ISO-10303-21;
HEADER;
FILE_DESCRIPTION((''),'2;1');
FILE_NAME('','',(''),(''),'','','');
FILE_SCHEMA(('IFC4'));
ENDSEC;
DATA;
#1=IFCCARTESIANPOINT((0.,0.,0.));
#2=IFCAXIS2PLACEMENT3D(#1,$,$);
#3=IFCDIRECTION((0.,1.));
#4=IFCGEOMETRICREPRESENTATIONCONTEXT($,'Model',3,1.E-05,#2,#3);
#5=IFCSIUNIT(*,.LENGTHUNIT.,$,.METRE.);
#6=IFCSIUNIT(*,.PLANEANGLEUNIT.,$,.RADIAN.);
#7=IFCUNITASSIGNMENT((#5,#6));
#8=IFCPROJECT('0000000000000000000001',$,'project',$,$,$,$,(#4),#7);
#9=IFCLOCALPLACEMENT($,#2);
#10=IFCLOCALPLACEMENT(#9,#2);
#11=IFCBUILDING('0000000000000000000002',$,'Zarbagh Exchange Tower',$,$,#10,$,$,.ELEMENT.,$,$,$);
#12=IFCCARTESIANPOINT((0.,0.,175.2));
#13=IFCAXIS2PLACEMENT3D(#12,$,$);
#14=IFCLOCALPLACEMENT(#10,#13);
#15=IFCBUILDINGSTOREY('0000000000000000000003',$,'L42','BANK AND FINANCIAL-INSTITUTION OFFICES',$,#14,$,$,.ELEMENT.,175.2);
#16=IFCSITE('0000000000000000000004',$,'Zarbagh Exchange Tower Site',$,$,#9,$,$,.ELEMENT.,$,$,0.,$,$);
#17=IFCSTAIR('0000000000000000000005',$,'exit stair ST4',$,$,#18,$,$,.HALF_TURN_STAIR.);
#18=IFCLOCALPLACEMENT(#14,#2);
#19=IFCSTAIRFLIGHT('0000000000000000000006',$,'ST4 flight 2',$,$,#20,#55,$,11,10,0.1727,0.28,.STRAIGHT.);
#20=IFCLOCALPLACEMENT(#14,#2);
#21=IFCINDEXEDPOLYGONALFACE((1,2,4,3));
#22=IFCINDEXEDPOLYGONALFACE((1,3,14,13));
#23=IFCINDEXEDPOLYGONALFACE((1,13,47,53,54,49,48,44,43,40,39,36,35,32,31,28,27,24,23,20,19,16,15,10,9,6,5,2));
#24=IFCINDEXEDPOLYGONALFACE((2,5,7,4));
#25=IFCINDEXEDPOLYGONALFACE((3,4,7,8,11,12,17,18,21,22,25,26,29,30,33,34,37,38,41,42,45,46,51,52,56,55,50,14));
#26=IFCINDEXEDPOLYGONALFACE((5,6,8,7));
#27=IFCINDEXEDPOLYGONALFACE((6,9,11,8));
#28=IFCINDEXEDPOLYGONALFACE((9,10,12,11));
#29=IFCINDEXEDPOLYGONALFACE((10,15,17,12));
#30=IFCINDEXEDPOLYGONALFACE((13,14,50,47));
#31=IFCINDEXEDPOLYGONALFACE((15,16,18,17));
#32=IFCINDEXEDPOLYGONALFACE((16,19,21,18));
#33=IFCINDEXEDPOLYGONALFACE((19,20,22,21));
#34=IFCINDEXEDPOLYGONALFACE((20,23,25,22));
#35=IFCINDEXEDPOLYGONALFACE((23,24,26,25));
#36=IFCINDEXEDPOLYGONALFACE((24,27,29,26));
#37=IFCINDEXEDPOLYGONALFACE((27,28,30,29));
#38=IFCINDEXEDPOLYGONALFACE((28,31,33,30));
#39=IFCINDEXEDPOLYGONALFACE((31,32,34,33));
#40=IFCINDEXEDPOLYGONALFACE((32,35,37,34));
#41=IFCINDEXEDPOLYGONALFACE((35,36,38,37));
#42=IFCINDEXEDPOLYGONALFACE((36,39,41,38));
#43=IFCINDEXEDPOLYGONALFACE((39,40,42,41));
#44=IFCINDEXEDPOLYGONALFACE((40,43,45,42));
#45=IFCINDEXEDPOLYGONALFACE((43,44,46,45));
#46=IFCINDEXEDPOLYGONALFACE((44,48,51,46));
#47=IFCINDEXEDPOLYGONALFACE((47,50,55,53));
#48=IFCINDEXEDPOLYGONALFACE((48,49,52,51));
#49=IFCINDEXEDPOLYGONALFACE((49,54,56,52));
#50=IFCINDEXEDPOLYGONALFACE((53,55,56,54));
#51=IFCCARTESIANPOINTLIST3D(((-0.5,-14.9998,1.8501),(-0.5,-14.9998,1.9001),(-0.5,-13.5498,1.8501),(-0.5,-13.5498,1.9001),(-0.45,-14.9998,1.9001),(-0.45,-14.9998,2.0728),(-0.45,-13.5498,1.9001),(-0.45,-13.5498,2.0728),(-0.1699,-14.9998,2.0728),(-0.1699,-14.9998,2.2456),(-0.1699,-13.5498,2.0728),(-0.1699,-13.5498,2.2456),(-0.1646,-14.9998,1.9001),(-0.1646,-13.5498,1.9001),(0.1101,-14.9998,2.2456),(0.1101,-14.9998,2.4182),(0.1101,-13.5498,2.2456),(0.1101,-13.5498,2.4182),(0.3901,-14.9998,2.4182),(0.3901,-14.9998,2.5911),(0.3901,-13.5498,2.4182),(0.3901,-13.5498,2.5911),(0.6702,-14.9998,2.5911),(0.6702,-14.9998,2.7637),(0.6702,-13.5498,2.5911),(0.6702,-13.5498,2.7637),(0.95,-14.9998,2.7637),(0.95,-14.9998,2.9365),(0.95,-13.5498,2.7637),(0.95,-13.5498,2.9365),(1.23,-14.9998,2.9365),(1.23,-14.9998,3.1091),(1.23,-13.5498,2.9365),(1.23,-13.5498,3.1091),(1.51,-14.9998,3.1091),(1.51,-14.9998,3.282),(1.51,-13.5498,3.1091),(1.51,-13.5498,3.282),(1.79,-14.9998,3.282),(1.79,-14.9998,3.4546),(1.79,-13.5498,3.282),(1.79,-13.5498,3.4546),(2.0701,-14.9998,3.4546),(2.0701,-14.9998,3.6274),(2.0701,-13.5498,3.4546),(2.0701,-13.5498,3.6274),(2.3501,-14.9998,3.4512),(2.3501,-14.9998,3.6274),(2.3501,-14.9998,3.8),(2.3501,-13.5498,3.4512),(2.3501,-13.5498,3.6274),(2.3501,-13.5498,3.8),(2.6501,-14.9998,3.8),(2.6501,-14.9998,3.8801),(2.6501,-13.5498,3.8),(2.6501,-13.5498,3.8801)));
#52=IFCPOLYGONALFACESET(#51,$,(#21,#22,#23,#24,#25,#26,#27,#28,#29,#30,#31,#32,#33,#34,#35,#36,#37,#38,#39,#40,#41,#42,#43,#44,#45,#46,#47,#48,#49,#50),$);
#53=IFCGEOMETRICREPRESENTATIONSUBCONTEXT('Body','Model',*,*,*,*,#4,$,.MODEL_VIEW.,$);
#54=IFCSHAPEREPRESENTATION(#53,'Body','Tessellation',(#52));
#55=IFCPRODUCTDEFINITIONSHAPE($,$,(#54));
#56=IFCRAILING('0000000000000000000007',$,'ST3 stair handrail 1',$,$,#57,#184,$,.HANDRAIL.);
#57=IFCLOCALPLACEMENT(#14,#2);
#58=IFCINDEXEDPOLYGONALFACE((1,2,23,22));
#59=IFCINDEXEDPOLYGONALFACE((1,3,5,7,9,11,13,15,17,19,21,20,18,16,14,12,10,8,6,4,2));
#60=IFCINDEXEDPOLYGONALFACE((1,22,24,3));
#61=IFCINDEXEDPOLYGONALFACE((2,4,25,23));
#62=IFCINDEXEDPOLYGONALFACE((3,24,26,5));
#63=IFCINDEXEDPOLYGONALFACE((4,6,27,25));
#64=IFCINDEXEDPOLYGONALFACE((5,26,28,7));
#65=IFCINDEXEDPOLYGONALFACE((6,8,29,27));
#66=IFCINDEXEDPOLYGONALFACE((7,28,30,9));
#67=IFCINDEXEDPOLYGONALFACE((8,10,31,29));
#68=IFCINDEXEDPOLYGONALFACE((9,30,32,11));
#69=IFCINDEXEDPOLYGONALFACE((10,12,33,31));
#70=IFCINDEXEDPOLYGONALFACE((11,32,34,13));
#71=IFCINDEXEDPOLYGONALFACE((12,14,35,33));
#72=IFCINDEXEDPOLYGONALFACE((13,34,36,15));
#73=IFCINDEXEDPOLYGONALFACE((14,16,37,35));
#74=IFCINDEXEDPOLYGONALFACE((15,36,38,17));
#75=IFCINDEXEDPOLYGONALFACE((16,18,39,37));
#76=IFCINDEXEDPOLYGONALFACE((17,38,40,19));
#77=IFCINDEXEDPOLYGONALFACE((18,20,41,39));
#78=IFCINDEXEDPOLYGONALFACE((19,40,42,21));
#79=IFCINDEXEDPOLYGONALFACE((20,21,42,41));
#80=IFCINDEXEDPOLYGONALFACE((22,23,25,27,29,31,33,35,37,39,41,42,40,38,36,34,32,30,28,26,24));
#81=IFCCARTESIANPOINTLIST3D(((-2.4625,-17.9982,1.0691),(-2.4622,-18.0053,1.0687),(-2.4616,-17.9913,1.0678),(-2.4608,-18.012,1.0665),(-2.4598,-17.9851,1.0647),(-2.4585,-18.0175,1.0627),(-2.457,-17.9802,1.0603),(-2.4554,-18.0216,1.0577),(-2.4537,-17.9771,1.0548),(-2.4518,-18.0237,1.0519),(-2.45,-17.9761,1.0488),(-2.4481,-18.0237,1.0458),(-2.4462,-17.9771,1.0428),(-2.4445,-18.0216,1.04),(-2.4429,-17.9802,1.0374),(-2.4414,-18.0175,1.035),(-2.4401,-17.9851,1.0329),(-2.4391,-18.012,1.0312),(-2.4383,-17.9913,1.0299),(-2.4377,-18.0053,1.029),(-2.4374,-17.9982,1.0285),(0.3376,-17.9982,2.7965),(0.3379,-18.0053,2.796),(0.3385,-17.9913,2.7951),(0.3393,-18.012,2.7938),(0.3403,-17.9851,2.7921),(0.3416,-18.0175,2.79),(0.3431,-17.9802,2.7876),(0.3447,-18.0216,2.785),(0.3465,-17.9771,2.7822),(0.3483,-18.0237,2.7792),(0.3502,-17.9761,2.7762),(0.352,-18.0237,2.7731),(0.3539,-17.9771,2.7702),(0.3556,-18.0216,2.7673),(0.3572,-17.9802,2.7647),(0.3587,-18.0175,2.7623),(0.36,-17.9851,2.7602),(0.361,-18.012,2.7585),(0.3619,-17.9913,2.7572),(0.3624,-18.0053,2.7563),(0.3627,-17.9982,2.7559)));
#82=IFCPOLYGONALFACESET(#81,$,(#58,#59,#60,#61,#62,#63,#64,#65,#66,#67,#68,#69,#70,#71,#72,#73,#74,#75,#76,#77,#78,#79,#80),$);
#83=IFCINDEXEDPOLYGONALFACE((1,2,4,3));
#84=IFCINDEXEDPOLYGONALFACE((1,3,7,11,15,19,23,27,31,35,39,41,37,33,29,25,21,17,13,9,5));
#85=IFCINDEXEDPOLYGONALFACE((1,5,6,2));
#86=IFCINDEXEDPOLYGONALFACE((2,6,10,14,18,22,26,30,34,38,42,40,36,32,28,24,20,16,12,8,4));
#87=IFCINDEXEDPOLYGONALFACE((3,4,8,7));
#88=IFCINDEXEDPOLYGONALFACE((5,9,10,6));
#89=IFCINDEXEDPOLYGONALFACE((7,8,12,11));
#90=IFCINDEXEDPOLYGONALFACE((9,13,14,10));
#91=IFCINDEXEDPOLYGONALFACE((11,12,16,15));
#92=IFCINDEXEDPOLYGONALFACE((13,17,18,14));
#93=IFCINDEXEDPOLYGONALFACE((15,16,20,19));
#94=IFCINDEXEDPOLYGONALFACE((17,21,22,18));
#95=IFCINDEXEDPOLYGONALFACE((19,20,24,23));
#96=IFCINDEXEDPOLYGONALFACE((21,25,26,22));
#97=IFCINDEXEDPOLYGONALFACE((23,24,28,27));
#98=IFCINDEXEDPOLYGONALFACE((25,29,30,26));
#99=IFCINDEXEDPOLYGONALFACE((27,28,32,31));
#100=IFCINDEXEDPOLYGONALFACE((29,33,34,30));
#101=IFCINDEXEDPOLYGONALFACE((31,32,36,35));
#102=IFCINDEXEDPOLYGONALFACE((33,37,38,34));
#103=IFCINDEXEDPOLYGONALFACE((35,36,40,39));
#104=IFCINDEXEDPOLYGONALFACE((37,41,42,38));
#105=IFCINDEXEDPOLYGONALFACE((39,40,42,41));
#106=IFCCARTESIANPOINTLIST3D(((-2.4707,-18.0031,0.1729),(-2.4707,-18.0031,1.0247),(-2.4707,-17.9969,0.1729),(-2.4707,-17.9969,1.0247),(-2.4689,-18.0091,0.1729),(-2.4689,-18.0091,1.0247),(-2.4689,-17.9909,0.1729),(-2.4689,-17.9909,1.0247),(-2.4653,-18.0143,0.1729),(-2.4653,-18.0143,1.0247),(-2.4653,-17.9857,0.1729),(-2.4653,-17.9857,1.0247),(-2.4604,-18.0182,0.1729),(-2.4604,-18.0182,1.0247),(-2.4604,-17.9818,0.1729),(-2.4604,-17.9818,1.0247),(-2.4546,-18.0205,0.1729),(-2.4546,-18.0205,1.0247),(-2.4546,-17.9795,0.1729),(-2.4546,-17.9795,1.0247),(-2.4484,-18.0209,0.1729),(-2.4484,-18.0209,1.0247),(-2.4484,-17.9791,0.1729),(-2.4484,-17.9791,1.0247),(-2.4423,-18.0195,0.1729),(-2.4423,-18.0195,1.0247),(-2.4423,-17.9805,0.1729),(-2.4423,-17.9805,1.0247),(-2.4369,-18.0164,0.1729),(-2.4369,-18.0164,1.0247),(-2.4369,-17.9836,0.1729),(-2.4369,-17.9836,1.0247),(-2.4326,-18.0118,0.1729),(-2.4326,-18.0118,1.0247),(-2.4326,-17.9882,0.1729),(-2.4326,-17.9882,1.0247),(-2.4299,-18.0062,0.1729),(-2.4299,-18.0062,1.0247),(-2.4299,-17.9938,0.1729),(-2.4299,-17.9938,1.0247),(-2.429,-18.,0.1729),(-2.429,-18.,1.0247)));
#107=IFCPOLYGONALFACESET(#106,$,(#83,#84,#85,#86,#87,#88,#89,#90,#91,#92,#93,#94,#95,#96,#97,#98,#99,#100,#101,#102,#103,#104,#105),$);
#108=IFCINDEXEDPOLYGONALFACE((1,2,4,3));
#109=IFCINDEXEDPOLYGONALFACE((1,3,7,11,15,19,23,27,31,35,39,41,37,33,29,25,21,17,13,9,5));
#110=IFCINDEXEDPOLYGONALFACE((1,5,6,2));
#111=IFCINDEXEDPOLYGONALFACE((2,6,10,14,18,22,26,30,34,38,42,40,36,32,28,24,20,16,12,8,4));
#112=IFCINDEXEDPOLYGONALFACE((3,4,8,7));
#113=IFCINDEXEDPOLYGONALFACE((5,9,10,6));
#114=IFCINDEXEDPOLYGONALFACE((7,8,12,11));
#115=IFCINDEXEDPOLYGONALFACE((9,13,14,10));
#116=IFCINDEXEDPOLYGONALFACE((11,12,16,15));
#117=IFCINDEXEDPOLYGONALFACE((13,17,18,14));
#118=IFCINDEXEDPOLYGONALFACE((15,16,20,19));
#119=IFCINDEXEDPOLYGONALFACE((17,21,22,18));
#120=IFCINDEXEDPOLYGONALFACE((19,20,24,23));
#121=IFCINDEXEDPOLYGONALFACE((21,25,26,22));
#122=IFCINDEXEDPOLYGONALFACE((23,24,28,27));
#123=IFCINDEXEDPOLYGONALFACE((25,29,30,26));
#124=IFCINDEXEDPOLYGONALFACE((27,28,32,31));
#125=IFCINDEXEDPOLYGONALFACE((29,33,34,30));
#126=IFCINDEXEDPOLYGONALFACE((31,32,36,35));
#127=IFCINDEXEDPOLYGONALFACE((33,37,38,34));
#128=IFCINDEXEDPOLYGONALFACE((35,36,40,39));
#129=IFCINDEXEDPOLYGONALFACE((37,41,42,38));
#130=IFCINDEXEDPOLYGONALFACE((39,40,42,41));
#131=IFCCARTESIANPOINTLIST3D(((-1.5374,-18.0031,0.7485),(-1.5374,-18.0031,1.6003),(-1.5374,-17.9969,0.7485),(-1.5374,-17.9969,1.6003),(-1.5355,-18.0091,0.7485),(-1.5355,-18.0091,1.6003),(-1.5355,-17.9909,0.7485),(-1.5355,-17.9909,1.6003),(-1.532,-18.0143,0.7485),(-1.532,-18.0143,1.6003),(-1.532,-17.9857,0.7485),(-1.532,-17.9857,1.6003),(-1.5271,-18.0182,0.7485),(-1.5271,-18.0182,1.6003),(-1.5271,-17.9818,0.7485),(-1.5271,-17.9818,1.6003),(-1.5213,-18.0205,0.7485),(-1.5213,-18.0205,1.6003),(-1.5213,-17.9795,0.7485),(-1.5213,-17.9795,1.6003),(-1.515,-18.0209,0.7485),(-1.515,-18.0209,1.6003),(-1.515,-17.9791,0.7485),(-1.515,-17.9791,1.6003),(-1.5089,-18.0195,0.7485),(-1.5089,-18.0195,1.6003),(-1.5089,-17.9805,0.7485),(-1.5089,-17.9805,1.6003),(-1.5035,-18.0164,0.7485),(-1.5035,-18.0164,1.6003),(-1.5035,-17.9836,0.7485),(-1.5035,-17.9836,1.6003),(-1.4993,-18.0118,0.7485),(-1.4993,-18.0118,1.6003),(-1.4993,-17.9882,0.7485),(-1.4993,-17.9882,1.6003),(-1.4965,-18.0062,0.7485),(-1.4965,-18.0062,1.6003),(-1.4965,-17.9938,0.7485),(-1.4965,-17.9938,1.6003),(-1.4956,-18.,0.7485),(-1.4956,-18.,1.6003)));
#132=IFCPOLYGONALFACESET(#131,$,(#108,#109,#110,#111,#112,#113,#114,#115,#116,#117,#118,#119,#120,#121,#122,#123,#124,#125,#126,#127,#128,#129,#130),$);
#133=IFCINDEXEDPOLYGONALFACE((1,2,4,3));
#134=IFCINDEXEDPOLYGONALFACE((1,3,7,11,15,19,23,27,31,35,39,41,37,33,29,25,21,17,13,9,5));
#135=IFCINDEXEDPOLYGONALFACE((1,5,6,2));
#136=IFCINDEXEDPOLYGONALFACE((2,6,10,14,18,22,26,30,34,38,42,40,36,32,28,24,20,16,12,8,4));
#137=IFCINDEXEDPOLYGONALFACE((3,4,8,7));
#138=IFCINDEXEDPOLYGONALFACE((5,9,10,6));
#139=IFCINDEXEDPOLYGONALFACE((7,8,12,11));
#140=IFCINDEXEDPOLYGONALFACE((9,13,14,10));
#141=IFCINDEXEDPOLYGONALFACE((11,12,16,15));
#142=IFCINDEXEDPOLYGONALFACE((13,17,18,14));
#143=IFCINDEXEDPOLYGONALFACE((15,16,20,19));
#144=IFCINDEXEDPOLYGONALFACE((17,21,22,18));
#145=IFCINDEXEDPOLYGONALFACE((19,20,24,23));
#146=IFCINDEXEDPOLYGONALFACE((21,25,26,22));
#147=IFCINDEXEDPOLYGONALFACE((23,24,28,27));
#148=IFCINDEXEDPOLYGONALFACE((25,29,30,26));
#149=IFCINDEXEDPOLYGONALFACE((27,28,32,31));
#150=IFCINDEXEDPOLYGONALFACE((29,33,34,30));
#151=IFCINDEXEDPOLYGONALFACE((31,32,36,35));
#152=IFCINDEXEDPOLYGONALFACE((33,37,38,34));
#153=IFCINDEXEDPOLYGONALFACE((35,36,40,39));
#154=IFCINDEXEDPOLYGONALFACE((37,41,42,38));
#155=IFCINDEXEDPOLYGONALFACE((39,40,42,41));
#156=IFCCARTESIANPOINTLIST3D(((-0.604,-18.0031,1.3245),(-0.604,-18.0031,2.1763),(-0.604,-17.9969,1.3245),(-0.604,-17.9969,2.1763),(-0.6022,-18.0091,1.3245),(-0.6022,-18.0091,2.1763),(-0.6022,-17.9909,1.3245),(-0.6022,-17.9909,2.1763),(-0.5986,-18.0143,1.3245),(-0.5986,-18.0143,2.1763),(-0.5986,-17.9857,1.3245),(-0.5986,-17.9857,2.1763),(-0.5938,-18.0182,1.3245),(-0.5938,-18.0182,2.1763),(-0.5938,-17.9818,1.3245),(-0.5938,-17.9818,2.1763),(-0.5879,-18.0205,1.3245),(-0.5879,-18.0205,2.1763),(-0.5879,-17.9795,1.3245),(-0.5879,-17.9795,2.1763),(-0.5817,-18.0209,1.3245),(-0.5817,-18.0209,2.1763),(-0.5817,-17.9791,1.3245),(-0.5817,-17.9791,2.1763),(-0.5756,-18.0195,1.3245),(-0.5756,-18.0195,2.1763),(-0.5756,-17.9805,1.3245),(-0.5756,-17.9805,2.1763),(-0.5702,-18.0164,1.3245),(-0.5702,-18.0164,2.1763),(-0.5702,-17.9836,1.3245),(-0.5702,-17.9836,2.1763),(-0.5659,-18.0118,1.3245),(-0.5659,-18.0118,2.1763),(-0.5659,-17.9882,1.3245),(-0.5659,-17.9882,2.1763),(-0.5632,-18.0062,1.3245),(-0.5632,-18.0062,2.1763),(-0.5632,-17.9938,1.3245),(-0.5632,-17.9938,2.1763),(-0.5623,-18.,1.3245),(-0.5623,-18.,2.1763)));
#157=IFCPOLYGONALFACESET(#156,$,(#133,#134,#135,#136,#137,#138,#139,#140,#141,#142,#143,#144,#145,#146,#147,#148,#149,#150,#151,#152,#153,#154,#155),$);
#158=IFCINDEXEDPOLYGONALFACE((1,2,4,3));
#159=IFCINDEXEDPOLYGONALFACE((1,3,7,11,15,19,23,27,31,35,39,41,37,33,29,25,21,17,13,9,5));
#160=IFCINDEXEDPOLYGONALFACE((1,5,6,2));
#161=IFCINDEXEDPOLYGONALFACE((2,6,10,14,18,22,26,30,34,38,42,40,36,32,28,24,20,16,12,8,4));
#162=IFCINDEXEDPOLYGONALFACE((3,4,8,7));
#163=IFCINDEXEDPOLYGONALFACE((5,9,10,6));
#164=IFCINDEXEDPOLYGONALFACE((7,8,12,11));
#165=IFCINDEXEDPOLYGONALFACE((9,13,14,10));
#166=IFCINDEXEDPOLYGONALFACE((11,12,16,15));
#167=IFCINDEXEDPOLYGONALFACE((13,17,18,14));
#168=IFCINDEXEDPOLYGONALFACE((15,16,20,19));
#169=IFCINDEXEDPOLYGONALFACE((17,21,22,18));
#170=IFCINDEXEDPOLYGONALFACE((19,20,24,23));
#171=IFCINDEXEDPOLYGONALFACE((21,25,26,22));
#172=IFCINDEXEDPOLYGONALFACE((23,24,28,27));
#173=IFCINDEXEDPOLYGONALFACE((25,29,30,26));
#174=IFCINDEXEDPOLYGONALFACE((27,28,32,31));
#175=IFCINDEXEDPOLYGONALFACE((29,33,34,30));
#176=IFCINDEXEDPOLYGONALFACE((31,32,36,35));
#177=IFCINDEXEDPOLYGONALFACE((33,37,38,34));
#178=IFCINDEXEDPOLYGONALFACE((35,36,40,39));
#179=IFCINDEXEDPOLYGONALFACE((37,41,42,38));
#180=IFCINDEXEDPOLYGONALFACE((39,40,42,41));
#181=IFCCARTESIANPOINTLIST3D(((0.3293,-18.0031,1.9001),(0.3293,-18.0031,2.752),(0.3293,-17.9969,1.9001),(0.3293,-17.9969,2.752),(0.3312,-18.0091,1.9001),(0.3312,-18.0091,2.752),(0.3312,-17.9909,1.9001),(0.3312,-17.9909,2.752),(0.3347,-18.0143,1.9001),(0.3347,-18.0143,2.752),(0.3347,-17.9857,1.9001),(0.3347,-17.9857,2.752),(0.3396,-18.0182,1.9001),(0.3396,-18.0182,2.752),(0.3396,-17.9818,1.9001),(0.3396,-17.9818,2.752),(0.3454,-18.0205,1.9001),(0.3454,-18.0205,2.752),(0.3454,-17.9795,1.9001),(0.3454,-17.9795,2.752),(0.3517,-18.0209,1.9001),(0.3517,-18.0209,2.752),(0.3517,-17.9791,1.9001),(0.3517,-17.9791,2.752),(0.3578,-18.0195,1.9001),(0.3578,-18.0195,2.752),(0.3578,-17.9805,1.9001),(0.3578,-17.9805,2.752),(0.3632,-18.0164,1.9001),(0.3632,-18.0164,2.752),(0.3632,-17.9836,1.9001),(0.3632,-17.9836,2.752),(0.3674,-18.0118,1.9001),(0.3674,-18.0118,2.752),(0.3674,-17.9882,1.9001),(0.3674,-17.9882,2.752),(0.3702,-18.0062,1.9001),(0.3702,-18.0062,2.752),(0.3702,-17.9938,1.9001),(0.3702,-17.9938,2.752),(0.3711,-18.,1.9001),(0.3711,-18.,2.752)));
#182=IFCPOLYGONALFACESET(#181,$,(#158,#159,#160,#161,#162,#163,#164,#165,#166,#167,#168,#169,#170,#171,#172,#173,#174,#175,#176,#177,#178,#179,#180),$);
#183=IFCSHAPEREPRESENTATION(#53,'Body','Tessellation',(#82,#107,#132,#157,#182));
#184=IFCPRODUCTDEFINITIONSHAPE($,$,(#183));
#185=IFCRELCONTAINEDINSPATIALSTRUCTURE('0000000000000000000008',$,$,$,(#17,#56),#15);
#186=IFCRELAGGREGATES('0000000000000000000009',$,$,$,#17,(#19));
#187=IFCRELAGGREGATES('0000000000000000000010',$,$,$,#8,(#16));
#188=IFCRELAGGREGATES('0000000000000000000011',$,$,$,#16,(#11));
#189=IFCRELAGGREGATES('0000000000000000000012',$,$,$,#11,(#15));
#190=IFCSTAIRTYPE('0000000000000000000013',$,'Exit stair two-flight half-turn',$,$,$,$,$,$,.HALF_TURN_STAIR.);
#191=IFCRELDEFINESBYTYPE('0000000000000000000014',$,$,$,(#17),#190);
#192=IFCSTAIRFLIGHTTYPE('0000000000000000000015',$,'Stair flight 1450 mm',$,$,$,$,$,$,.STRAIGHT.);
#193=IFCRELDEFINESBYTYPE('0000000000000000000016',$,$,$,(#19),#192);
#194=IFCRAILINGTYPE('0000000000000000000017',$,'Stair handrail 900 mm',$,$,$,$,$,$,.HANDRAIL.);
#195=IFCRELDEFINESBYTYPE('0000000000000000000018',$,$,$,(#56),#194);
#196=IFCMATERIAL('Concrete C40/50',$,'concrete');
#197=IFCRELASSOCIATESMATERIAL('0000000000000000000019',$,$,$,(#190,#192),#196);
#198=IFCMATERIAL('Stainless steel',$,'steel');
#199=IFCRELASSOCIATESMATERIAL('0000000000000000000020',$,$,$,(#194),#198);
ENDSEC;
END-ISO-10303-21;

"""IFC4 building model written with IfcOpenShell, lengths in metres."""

from ifc_helpers import new_model, si_unit, direction, frame, origin, origin_2d, place, context, subcontext, project, spatial, polyline, circle, outline, extrude, material, type_object, element, aggregate, save


model = new_model("IFC4")

# Units and contexts
model_context = context("Model", 3, precision=1e-05, world=origin(), true_north=direction((0.0, 1.0)))
body_context = subcontext(model_context, "Body", "Model", "MODEL_VIEW")
ifc_project = project(units=[si_unit("LENGTHUNIT", "METRE"), si_unit("PLANEANGLEUNIT", "RADIAN")], contexts=[model_context])

# Site, building, storey
site_placement = place(None, origin())
site = spatial("IfcSite", under=ifc_project, at=site_placement, Name="Zarbagh Exchange Tower Site", CompositionType="ELEMENT", RefElevation=0.0)
building_placement = place(site_placement, origin())
building = spatial("IfcBuilding", under=site, at=building_placement, Name="Zarbagh Exchange Tower", CompositionType="ELEMENT")
storey_placement = place(building_placement, frame((0.0, 0.0, 175.2)))
storey = spatial("IfcBuildingStorey", under=building, at=storey_placement, Name="L42", Description="BANK AND FINANCIAL-INSTITUTION OFFICES", CompositionType="ELEMENT", Elevation=175.2)

# Shared definitions
ifc_material_1 = material(Name="Concrete C40/50", Category="concrete")

# Shared definitions
ifc_material_2 = material(Name="Stainless steel", Category="steel")

# Stair, stair flight
stair_type = type_object("IfcStairType", Name="Exit stair two-flight half-turn", PredefinedType="HALF_TURN_STAIR", material=ifc_material_1)
stair_1_placement = place(storey_placement, origin())
stair_1 = element("IfcStair", 1, at=stair_1_placement, inside=storey, type_object=stair_type, Name="exit stair ST4", PredefinedType="HALF_TURN_STAIR")
stair_flight_type_1 = type_object("IfcStairFlightType", Name="Stair flight 1450 mm", PredefinedType="STRAIGHT", material=ifc_material_1)
stair_flight_1_placement = place(storey_placement, frame((-0.45, -14.2749, 1.9001), z_axis=(0.0, 0.0, 1.0), x_axis=(1.0, 0.0, 0.0)))
stair_flight_1 = element("IfcStairFlight", 2, at=stair_flight_1_placement, type_object=stair_flight_type_1, Name="ST4 flight 2", NumberOfRisers=11, NumberOfTreads=10, PredefinedType="STRAIGHT", RiserHeight=0.1727, TreadLength=0.28, context=body_context, shape_type="SweptSolid", body=[
    extrude(outline(polyline([(-0.05, -0.05), (-0.05, 0.0), (0.0, 0.0), (0.0, 0.1726), (0.28, 0.1726), (0.28, 0.3455), (0.5601, 0.3455), (0.5601, 0.5181), (0.8401, 0.5181), (0.8401, 0.6909), (1.1201, 0.6909), (1.1201, 0.8635), (1.3999, 0.8635), (1.3999, 1.0364), (1.6799, 1.0364), (1.6799, 1.209), (1.96, 1.209), (1.96, 1.3818), (2.24, 1.3818), (2.24, 1.5544), (2.52, 1.5544), (2.52, 1.7273), (2.8, 1.7273), (2.8, 1.8999), (3.1001, 1.98), (3.1001, 1.8999), (2.8, 1.551), (0.2854, 0.0), (-0.05, -0.05)])), frame((0.0, 0.7251, 0.0), z_axis=(0.0, -1.0, 0.0), x_axis=(1.0, 0.0, 0.0)), (0.0, 0.0, 1.0), 1.45),
])
aggregate(stair_1, [stair_flight_1])

# Railing
railing_type_1 = type_object("IfcRailingType", Name="Stair handrail 900 mm", PredefinedType="HANDRAIL", material=ifc_material_2)
for number, where, name in (
    (3, (-2.45, -18.0, 0.1729), "ST3 stair handrail 1"),
):
    element("IfcRailing", number, at=place(storey_placement, frame(where)), inside=storey, type_object=railing_type_1, Name=name, PredefinedType="HANDRAIL", context=body_context, shape_type="SweptSolid", body=[
        extrude(circle(Radius=0.0239, at=origin_2d()), frame((0.0, 0.0, 0.876), z_axis=(0.85109, 0.0, 0.52502), x_axis=(0.0, 1.0, 0.0)), (0.0, 0.0, 1.0), 3.29),
        extrude(circle(Radius=0.021, at=origin_2d()), origin(), (0.0, 0.0, 1.0), 0.8518),
        extrude(circle(Radius=0.021, at=origin_2d()), frame((0.9333, 0.0, 0.5757)), (0.0, 0.0, 1.0), 0.8518),
        extrude(circle(Radius=0.021, at=origin_2d()), frame((1.8667, 0.0, 1.1516)), (0.0, 0.0, 1.0), 0.8518),
        extrude(circle(Radius=0.021, at=origin_2d()), frame((2.8, 0.0, 1.7273)), (0.0, 0.0, 1.0), 0.8518),
    ])

save(model, "model.ifc")
